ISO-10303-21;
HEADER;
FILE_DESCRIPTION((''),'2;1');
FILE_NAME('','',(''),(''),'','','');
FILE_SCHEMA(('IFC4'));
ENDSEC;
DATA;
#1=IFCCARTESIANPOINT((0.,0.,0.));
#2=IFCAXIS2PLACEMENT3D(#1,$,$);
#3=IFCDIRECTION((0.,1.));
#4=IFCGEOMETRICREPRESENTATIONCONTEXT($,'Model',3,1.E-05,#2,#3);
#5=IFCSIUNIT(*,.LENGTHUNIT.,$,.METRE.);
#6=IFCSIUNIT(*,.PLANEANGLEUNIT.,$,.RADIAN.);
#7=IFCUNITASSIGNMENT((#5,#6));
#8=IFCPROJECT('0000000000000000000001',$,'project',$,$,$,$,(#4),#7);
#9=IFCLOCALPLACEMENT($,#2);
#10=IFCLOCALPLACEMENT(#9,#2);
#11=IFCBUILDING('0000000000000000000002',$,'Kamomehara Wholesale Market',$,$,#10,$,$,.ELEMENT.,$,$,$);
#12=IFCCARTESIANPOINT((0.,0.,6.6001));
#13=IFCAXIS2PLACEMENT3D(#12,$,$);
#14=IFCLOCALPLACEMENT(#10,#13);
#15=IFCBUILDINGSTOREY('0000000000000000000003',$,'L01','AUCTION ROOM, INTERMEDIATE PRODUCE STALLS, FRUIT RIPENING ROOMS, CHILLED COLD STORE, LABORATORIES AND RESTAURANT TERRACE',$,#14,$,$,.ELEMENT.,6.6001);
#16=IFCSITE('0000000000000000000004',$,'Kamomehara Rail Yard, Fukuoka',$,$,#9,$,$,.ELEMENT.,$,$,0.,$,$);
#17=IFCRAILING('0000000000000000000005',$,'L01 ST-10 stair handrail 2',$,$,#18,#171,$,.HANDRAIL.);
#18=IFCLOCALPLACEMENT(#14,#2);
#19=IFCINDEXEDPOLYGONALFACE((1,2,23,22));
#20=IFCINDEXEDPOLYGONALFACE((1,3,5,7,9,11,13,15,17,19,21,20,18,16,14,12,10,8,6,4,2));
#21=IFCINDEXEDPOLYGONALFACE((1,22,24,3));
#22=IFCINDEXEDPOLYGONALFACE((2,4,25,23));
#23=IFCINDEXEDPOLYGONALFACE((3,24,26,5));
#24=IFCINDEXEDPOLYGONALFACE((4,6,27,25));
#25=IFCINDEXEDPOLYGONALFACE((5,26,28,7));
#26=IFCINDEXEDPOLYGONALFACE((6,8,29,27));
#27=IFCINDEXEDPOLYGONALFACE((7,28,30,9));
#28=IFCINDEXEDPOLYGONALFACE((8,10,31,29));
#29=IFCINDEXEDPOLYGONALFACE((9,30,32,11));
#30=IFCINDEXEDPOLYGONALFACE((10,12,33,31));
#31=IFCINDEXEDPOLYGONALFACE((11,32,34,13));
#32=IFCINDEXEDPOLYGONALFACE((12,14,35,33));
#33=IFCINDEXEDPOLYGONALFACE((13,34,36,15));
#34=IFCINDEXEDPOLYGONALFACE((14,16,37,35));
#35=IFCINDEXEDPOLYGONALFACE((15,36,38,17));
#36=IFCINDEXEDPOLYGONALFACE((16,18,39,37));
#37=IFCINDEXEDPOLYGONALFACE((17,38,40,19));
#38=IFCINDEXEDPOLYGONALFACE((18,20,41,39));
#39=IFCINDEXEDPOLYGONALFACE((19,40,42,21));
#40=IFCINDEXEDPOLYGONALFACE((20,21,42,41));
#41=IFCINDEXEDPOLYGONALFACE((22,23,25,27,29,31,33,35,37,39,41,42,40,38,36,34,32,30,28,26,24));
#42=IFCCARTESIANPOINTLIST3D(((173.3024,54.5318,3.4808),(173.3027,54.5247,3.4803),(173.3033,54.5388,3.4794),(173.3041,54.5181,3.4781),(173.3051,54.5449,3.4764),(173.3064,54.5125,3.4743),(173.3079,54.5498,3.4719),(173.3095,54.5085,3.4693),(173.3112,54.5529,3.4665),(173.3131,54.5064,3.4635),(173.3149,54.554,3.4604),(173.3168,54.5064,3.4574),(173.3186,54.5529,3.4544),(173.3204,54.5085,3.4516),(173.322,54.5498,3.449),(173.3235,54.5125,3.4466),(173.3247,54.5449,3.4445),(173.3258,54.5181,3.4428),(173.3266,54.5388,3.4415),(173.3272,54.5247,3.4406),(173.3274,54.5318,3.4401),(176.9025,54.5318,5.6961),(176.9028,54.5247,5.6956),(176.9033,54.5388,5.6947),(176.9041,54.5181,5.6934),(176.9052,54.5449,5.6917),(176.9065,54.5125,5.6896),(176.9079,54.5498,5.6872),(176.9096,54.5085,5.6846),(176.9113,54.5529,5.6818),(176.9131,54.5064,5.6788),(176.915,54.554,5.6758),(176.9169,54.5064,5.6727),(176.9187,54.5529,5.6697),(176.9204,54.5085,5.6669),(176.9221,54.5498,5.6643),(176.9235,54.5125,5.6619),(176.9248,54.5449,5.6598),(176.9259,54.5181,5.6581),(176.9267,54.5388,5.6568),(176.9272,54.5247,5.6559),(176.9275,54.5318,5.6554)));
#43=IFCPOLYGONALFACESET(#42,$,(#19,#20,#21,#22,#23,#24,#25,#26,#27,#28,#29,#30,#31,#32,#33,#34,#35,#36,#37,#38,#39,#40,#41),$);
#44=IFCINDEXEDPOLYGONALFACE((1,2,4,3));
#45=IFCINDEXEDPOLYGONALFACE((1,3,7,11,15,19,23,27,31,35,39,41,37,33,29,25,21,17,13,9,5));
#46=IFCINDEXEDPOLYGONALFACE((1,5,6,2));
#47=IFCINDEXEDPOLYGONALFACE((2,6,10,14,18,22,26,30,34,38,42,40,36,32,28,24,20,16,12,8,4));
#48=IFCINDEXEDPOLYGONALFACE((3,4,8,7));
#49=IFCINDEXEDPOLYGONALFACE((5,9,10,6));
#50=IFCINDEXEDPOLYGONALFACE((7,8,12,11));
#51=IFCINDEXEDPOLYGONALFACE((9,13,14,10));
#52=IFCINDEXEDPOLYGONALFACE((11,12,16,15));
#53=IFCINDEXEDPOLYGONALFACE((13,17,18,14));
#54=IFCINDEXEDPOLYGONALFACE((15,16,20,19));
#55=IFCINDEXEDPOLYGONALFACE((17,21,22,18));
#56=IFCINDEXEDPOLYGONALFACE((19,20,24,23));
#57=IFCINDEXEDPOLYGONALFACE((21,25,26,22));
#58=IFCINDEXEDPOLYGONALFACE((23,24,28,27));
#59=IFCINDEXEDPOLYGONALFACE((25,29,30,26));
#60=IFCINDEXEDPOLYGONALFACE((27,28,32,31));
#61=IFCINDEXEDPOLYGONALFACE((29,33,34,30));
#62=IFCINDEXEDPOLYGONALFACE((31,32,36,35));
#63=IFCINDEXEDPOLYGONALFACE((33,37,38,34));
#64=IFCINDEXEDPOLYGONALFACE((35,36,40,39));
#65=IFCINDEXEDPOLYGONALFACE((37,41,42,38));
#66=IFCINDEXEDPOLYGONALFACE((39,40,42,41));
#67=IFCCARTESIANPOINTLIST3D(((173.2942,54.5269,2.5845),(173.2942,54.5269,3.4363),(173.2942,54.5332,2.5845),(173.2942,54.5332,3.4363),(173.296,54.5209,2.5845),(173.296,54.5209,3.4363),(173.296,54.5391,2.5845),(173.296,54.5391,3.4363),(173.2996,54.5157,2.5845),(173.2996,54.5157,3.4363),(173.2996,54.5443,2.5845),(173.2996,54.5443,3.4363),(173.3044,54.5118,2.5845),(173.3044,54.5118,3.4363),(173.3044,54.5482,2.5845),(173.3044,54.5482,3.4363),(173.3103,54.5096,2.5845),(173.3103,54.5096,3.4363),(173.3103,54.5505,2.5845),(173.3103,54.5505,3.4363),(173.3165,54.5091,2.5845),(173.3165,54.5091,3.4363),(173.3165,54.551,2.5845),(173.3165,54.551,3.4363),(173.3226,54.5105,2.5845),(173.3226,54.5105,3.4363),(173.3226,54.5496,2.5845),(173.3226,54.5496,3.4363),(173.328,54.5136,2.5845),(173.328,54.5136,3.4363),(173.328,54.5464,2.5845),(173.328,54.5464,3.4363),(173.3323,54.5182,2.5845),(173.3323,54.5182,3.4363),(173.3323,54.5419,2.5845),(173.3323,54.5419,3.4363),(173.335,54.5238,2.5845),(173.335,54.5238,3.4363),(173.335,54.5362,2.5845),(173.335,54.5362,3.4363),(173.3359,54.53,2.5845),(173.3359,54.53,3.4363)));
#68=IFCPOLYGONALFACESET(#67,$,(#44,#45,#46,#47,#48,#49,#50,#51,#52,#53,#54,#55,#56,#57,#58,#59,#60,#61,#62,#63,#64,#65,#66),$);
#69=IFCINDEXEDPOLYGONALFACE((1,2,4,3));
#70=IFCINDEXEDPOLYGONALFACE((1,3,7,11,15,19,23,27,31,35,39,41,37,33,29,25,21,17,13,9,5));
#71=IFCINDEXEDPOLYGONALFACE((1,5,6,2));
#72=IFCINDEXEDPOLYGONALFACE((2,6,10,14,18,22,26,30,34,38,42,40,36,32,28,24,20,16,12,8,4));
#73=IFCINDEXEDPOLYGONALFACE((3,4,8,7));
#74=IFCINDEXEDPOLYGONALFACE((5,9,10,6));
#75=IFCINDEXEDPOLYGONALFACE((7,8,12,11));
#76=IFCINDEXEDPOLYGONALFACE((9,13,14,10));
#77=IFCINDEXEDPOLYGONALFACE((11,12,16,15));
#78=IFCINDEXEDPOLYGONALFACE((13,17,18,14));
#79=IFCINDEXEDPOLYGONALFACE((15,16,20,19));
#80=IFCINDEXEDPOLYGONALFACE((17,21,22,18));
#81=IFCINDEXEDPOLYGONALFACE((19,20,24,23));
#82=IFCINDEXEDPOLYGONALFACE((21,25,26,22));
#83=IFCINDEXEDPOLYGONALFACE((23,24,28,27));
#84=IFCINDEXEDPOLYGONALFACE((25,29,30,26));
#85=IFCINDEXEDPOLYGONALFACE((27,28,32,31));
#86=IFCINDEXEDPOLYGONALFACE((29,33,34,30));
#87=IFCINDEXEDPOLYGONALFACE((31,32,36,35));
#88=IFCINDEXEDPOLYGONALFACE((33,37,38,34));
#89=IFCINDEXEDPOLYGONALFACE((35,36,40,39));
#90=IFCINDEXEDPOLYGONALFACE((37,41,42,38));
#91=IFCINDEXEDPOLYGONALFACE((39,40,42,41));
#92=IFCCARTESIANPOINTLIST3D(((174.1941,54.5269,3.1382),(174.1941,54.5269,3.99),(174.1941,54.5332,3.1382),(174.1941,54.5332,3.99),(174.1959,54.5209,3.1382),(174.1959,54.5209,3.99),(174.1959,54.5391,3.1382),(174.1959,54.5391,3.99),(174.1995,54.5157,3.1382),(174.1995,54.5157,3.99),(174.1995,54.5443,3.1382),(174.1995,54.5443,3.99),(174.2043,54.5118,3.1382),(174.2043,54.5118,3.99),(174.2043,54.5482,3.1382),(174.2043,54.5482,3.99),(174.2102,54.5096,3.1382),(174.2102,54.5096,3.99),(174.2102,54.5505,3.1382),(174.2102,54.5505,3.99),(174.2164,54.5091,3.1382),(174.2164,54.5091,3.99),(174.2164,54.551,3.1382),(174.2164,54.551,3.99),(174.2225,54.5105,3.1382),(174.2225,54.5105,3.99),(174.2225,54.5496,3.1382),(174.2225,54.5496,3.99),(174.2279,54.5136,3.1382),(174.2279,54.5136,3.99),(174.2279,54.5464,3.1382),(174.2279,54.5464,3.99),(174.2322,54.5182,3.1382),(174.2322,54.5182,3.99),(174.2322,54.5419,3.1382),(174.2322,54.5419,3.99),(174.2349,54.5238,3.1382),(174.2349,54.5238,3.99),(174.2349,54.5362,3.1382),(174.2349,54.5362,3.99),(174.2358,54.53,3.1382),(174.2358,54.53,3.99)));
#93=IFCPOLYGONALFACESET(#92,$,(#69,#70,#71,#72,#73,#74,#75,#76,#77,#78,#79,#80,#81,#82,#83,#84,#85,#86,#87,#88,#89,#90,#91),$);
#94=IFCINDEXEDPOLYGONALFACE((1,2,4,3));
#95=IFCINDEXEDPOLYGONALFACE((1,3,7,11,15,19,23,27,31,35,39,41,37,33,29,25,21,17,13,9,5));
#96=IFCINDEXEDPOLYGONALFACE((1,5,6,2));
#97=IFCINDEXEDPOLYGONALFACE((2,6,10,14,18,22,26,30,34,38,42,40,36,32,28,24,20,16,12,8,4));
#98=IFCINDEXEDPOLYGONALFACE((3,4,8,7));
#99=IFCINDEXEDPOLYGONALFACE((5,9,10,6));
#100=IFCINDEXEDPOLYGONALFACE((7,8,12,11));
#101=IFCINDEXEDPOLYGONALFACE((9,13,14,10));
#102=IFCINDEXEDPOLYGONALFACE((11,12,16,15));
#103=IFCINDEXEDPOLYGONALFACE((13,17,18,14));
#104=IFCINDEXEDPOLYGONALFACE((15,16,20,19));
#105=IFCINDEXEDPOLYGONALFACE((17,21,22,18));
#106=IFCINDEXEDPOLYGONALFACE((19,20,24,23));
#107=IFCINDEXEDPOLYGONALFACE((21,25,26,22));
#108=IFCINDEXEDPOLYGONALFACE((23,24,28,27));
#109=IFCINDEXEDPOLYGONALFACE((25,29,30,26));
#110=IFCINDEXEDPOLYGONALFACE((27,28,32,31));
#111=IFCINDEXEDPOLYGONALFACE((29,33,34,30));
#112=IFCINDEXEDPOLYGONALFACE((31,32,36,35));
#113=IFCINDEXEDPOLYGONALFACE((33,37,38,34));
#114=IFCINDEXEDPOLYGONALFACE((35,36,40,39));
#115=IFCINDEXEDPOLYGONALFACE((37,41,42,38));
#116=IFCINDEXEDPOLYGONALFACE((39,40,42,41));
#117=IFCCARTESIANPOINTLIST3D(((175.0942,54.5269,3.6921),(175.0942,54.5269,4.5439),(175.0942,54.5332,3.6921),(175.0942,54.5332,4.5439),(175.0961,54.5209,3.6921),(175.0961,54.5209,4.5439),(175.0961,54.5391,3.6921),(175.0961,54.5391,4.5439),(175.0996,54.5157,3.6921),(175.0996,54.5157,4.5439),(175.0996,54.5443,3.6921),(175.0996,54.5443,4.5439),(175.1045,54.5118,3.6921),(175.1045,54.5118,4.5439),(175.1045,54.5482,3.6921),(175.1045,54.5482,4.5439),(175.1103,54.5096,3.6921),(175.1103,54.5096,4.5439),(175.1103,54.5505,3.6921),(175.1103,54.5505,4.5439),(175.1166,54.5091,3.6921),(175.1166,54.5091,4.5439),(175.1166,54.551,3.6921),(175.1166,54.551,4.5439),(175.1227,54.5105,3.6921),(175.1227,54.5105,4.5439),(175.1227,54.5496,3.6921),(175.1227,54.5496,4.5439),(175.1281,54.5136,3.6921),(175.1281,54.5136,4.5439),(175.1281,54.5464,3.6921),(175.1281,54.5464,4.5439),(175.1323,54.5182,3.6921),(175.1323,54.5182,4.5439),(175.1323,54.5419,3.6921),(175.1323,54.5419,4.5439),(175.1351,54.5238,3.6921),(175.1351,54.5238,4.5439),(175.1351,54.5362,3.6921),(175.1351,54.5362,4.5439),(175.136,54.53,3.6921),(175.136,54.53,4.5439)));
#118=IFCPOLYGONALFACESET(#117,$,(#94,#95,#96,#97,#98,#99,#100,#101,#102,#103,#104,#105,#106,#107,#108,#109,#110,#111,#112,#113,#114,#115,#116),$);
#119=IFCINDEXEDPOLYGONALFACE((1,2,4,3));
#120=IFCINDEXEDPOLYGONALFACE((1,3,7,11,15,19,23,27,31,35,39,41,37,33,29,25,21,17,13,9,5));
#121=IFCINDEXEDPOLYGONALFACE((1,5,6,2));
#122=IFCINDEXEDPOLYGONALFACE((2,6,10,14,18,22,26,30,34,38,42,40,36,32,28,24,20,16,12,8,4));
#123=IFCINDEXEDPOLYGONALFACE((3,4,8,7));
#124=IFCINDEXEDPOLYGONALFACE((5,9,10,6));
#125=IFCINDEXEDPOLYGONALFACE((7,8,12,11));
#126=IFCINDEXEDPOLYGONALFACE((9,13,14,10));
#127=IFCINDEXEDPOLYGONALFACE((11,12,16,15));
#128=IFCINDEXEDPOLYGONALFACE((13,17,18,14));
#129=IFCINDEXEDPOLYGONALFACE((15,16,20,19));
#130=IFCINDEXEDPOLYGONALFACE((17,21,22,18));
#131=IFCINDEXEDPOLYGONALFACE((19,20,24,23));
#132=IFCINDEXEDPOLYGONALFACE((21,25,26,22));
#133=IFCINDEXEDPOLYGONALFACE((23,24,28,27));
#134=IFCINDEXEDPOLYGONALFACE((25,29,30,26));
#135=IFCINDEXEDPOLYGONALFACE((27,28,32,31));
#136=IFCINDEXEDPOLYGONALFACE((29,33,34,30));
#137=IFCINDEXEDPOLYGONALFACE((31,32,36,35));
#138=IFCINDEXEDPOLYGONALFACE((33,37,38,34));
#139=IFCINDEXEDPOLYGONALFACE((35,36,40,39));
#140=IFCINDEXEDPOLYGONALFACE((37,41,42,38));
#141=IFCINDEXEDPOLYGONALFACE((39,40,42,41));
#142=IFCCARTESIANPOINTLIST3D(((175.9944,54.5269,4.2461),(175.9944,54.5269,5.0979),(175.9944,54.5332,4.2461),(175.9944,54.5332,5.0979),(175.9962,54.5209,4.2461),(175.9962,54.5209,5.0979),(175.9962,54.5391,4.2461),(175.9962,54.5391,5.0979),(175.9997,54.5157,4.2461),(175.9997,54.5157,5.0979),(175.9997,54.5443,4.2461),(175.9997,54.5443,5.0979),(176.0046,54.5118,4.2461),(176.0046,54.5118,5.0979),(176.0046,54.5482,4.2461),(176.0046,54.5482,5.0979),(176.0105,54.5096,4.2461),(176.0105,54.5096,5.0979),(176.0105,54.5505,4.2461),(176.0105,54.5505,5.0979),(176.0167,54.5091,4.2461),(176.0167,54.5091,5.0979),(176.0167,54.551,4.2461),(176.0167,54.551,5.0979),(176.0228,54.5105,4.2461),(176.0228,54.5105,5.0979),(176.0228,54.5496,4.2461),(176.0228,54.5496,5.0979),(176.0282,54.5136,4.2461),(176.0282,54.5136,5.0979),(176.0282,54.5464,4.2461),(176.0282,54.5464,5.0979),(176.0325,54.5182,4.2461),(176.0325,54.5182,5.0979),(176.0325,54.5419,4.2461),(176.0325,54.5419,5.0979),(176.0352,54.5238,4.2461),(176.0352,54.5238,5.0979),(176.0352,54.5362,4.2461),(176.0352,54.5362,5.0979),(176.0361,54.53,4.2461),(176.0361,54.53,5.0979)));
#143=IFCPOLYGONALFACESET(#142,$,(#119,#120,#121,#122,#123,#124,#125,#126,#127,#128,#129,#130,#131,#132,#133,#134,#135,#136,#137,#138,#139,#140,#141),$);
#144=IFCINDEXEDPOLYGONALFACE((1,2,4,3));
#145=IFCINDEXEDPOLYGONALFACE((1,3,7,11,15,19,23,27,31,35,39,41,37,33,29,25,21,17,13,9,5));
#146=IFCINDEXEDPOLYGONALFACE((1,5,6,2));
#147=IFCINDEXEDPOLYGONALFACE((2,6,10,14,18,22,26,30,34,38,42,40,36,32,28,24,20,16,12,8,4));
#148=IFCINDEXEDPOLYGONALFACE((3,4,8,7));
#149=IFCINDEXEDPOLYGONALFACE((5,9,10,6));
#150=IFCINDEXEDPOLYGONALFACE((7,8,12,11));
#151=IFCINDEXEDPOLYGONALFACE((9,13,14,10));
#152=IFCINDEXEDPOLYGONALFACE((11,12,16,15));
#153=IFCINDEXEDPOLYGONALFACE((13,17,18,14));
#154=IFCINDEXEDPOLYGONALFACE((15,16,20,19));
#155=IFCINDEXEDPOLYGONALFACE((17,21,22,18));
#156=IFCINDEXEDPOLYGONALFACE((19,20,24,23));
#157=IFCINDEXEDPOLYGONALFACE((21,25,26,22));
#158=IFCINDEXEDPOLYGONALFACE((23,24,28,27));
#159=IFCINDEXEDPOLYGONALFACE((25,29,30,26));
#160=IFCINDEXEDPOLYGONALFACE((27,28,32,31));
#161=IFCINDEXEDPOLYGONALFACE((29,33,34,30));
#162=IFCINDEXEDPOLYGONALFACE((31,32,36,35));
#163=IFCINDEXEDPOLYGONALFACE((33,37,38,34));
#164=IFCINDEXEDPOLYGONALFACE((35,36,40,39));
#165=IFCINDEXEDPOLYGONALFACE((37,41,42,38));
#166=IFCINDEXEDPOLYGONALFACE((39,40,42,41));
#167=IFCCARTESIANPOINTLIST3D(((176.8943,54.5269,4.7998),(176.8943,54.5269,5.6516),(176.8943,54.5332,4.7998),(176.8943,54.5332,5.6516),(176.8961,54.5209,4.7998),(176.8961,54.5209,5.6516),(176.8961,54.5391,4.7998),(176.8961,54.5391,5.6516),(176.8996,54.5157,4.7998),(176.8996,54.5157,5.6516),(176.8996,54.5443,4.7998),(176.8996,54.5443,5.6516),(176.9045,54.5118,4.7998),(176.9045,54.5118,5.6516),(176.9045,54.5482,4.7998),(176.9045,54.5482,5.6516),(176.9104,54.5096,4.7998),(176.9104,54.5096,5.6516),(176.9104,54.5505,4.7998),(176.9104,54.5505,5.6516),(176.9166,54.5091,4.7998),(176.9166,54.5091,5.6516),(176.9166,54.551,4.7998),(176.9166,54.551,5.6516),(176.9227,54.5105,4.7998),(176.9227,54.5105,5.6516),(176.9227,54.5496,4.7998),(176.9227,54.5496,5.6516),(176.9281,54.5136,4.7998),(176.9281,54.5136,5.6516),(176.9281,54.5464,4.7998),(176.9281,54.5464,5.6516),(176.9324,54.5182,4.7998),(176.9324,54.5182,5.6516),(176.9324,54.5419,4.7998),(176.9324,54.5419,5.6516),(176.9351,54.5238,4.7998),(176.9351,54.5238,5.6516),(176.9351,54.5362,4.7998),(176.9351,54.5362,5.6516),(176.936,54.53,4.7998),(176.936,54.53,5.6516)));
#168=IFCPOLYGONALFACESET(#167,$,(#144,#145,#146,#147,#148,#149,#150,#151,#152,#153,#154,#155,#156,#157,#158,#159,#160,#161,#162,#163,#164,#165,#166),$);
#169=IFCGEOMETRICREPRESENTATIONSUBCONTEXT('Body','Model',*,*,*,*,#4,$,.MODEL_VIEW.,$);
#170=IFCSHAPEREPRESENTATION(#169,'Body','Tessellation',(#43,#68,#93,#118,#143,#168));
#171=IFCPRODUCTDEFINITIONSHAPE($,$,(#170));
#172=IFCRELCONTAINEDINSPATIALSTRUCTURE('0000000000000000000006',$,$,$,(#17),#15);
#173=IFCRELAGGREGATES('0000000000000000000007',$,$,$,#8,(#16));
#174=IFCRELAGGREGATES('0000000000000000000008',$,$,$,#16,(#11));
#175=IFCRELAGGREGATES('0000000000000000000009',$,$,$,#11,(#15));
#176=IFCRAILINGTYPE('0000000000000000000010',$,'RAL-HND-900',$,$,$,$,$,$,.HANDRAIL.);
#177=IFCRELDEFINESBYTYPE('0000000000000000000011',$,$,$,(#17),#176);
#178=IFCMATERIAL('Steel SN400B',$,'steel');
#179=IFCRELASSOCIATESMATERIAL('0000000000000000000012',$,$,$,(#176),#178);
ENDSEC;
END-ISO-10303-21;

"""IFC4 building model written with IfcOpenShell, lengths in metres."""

from ifc_helpers import new_model, si_unit, direction, frame, origin, origin_2d, place, context, subcontext, project, spatial, circle, extrude, material, type_object, element, save


model = new_model("IFC4")

# Units and contexts
model_context = context("Model", 3, precision=1e-05, world=origin(), true_north=direction((0.0, 1.0)))
body_context = subcontext(model_context, "Body", "Model", "MODEL_VIEW")
ifc_project = project(units=[si_unit("LENGTHUNIT", "METRE"), si_unit("PLANEANGLEUNIT", "RADIAN")], contexts=[model_context])

# Site, building, storey
site_placement = place(None, origin())
site = spatial("IfcSite", under=ifc_project, at=site_placement, Name="Kamomehara Rail Yard, Fukuoka", CompositionType="ELEMENT", RefElevation=0.0)
building_placement = place(site_placement, origin())
building = spatial("IfcBuilding", under=site, at=building_placement, Name="Kamomehara Wholesale Market", CompositionType="ELEMENT")
storey_placement = place(building_placement, frame((0.0, 0.0, 6.6001)))
storey = spatial("IfcBuildingStorey", under=building, at=storey_placement, Name="L01", Description="AUCTION ROOM, INTERMEDIATE PRODUCE STALLS, FRUIT RIPENING ROOMS, CHILLED COLD STORE, LABORATORIES AND RESTAURANT TERRACE", CompositionType="ELEMENT", Elevation=6.6001)

# Railing
ifc_material_1 = material(Name="Steel SN400B", Category="steel")
railing_type_1 = type_object("IfcRailingType", Name="RAL-HND-900", PredefinedType="HANDRAIL", material=ifc_material_1)
railing_1_placement = place(storey_placement, frame((173.3149, 54.53, 2.5845)))
element("IfcRailing", 1, at=railing_1_placement, inside=storey, type_object=railing_type_1, Name="L01 ST-10 stair handrail 2", PredefinedType="HANDRAIL", context=body_context, shape_type="SweptSolid", body=[
    extrude(circle(Radius=0.0239, at=origin_2d()), frame((0.0, 0.0, 0.876), z_axis=(0.85167, 0.0, 0.524078), x_axis=(0.0, 1.0, 0.0)), (0.0, 0.0, 1.0), 4.2271),
    extrude(circle(Radius=0.021, at=origin_2d()), origin(), (0.0, 0.0, 1.0), 0.8518),
    extrude(circle(Radius=0.021, at=origin_2d()), frame((0.8999, 0.0, 0.5537)), (0.0, 0.0, 1.0), 0.8518),
    extrude(circle(Radius=0.021, at=origin_2d()), frame((1.8, 0.0, 1.1077)), (0.0, 0.0, 1.0), 0.8518),
    extrude(circle(Radius=0.021, at=origin_2d()), frame((2.7002, 0.0, 1.6616)), (0.0, 0.0, 1.0), 0.8518),
    extrude(circle(Radius=0.021, at=origin_2d()), frame((3.6001, 0.0, 2.2153)), (0.0, 0.0, 1.0), 0.8518),
])

save(model, "model.ifc")
